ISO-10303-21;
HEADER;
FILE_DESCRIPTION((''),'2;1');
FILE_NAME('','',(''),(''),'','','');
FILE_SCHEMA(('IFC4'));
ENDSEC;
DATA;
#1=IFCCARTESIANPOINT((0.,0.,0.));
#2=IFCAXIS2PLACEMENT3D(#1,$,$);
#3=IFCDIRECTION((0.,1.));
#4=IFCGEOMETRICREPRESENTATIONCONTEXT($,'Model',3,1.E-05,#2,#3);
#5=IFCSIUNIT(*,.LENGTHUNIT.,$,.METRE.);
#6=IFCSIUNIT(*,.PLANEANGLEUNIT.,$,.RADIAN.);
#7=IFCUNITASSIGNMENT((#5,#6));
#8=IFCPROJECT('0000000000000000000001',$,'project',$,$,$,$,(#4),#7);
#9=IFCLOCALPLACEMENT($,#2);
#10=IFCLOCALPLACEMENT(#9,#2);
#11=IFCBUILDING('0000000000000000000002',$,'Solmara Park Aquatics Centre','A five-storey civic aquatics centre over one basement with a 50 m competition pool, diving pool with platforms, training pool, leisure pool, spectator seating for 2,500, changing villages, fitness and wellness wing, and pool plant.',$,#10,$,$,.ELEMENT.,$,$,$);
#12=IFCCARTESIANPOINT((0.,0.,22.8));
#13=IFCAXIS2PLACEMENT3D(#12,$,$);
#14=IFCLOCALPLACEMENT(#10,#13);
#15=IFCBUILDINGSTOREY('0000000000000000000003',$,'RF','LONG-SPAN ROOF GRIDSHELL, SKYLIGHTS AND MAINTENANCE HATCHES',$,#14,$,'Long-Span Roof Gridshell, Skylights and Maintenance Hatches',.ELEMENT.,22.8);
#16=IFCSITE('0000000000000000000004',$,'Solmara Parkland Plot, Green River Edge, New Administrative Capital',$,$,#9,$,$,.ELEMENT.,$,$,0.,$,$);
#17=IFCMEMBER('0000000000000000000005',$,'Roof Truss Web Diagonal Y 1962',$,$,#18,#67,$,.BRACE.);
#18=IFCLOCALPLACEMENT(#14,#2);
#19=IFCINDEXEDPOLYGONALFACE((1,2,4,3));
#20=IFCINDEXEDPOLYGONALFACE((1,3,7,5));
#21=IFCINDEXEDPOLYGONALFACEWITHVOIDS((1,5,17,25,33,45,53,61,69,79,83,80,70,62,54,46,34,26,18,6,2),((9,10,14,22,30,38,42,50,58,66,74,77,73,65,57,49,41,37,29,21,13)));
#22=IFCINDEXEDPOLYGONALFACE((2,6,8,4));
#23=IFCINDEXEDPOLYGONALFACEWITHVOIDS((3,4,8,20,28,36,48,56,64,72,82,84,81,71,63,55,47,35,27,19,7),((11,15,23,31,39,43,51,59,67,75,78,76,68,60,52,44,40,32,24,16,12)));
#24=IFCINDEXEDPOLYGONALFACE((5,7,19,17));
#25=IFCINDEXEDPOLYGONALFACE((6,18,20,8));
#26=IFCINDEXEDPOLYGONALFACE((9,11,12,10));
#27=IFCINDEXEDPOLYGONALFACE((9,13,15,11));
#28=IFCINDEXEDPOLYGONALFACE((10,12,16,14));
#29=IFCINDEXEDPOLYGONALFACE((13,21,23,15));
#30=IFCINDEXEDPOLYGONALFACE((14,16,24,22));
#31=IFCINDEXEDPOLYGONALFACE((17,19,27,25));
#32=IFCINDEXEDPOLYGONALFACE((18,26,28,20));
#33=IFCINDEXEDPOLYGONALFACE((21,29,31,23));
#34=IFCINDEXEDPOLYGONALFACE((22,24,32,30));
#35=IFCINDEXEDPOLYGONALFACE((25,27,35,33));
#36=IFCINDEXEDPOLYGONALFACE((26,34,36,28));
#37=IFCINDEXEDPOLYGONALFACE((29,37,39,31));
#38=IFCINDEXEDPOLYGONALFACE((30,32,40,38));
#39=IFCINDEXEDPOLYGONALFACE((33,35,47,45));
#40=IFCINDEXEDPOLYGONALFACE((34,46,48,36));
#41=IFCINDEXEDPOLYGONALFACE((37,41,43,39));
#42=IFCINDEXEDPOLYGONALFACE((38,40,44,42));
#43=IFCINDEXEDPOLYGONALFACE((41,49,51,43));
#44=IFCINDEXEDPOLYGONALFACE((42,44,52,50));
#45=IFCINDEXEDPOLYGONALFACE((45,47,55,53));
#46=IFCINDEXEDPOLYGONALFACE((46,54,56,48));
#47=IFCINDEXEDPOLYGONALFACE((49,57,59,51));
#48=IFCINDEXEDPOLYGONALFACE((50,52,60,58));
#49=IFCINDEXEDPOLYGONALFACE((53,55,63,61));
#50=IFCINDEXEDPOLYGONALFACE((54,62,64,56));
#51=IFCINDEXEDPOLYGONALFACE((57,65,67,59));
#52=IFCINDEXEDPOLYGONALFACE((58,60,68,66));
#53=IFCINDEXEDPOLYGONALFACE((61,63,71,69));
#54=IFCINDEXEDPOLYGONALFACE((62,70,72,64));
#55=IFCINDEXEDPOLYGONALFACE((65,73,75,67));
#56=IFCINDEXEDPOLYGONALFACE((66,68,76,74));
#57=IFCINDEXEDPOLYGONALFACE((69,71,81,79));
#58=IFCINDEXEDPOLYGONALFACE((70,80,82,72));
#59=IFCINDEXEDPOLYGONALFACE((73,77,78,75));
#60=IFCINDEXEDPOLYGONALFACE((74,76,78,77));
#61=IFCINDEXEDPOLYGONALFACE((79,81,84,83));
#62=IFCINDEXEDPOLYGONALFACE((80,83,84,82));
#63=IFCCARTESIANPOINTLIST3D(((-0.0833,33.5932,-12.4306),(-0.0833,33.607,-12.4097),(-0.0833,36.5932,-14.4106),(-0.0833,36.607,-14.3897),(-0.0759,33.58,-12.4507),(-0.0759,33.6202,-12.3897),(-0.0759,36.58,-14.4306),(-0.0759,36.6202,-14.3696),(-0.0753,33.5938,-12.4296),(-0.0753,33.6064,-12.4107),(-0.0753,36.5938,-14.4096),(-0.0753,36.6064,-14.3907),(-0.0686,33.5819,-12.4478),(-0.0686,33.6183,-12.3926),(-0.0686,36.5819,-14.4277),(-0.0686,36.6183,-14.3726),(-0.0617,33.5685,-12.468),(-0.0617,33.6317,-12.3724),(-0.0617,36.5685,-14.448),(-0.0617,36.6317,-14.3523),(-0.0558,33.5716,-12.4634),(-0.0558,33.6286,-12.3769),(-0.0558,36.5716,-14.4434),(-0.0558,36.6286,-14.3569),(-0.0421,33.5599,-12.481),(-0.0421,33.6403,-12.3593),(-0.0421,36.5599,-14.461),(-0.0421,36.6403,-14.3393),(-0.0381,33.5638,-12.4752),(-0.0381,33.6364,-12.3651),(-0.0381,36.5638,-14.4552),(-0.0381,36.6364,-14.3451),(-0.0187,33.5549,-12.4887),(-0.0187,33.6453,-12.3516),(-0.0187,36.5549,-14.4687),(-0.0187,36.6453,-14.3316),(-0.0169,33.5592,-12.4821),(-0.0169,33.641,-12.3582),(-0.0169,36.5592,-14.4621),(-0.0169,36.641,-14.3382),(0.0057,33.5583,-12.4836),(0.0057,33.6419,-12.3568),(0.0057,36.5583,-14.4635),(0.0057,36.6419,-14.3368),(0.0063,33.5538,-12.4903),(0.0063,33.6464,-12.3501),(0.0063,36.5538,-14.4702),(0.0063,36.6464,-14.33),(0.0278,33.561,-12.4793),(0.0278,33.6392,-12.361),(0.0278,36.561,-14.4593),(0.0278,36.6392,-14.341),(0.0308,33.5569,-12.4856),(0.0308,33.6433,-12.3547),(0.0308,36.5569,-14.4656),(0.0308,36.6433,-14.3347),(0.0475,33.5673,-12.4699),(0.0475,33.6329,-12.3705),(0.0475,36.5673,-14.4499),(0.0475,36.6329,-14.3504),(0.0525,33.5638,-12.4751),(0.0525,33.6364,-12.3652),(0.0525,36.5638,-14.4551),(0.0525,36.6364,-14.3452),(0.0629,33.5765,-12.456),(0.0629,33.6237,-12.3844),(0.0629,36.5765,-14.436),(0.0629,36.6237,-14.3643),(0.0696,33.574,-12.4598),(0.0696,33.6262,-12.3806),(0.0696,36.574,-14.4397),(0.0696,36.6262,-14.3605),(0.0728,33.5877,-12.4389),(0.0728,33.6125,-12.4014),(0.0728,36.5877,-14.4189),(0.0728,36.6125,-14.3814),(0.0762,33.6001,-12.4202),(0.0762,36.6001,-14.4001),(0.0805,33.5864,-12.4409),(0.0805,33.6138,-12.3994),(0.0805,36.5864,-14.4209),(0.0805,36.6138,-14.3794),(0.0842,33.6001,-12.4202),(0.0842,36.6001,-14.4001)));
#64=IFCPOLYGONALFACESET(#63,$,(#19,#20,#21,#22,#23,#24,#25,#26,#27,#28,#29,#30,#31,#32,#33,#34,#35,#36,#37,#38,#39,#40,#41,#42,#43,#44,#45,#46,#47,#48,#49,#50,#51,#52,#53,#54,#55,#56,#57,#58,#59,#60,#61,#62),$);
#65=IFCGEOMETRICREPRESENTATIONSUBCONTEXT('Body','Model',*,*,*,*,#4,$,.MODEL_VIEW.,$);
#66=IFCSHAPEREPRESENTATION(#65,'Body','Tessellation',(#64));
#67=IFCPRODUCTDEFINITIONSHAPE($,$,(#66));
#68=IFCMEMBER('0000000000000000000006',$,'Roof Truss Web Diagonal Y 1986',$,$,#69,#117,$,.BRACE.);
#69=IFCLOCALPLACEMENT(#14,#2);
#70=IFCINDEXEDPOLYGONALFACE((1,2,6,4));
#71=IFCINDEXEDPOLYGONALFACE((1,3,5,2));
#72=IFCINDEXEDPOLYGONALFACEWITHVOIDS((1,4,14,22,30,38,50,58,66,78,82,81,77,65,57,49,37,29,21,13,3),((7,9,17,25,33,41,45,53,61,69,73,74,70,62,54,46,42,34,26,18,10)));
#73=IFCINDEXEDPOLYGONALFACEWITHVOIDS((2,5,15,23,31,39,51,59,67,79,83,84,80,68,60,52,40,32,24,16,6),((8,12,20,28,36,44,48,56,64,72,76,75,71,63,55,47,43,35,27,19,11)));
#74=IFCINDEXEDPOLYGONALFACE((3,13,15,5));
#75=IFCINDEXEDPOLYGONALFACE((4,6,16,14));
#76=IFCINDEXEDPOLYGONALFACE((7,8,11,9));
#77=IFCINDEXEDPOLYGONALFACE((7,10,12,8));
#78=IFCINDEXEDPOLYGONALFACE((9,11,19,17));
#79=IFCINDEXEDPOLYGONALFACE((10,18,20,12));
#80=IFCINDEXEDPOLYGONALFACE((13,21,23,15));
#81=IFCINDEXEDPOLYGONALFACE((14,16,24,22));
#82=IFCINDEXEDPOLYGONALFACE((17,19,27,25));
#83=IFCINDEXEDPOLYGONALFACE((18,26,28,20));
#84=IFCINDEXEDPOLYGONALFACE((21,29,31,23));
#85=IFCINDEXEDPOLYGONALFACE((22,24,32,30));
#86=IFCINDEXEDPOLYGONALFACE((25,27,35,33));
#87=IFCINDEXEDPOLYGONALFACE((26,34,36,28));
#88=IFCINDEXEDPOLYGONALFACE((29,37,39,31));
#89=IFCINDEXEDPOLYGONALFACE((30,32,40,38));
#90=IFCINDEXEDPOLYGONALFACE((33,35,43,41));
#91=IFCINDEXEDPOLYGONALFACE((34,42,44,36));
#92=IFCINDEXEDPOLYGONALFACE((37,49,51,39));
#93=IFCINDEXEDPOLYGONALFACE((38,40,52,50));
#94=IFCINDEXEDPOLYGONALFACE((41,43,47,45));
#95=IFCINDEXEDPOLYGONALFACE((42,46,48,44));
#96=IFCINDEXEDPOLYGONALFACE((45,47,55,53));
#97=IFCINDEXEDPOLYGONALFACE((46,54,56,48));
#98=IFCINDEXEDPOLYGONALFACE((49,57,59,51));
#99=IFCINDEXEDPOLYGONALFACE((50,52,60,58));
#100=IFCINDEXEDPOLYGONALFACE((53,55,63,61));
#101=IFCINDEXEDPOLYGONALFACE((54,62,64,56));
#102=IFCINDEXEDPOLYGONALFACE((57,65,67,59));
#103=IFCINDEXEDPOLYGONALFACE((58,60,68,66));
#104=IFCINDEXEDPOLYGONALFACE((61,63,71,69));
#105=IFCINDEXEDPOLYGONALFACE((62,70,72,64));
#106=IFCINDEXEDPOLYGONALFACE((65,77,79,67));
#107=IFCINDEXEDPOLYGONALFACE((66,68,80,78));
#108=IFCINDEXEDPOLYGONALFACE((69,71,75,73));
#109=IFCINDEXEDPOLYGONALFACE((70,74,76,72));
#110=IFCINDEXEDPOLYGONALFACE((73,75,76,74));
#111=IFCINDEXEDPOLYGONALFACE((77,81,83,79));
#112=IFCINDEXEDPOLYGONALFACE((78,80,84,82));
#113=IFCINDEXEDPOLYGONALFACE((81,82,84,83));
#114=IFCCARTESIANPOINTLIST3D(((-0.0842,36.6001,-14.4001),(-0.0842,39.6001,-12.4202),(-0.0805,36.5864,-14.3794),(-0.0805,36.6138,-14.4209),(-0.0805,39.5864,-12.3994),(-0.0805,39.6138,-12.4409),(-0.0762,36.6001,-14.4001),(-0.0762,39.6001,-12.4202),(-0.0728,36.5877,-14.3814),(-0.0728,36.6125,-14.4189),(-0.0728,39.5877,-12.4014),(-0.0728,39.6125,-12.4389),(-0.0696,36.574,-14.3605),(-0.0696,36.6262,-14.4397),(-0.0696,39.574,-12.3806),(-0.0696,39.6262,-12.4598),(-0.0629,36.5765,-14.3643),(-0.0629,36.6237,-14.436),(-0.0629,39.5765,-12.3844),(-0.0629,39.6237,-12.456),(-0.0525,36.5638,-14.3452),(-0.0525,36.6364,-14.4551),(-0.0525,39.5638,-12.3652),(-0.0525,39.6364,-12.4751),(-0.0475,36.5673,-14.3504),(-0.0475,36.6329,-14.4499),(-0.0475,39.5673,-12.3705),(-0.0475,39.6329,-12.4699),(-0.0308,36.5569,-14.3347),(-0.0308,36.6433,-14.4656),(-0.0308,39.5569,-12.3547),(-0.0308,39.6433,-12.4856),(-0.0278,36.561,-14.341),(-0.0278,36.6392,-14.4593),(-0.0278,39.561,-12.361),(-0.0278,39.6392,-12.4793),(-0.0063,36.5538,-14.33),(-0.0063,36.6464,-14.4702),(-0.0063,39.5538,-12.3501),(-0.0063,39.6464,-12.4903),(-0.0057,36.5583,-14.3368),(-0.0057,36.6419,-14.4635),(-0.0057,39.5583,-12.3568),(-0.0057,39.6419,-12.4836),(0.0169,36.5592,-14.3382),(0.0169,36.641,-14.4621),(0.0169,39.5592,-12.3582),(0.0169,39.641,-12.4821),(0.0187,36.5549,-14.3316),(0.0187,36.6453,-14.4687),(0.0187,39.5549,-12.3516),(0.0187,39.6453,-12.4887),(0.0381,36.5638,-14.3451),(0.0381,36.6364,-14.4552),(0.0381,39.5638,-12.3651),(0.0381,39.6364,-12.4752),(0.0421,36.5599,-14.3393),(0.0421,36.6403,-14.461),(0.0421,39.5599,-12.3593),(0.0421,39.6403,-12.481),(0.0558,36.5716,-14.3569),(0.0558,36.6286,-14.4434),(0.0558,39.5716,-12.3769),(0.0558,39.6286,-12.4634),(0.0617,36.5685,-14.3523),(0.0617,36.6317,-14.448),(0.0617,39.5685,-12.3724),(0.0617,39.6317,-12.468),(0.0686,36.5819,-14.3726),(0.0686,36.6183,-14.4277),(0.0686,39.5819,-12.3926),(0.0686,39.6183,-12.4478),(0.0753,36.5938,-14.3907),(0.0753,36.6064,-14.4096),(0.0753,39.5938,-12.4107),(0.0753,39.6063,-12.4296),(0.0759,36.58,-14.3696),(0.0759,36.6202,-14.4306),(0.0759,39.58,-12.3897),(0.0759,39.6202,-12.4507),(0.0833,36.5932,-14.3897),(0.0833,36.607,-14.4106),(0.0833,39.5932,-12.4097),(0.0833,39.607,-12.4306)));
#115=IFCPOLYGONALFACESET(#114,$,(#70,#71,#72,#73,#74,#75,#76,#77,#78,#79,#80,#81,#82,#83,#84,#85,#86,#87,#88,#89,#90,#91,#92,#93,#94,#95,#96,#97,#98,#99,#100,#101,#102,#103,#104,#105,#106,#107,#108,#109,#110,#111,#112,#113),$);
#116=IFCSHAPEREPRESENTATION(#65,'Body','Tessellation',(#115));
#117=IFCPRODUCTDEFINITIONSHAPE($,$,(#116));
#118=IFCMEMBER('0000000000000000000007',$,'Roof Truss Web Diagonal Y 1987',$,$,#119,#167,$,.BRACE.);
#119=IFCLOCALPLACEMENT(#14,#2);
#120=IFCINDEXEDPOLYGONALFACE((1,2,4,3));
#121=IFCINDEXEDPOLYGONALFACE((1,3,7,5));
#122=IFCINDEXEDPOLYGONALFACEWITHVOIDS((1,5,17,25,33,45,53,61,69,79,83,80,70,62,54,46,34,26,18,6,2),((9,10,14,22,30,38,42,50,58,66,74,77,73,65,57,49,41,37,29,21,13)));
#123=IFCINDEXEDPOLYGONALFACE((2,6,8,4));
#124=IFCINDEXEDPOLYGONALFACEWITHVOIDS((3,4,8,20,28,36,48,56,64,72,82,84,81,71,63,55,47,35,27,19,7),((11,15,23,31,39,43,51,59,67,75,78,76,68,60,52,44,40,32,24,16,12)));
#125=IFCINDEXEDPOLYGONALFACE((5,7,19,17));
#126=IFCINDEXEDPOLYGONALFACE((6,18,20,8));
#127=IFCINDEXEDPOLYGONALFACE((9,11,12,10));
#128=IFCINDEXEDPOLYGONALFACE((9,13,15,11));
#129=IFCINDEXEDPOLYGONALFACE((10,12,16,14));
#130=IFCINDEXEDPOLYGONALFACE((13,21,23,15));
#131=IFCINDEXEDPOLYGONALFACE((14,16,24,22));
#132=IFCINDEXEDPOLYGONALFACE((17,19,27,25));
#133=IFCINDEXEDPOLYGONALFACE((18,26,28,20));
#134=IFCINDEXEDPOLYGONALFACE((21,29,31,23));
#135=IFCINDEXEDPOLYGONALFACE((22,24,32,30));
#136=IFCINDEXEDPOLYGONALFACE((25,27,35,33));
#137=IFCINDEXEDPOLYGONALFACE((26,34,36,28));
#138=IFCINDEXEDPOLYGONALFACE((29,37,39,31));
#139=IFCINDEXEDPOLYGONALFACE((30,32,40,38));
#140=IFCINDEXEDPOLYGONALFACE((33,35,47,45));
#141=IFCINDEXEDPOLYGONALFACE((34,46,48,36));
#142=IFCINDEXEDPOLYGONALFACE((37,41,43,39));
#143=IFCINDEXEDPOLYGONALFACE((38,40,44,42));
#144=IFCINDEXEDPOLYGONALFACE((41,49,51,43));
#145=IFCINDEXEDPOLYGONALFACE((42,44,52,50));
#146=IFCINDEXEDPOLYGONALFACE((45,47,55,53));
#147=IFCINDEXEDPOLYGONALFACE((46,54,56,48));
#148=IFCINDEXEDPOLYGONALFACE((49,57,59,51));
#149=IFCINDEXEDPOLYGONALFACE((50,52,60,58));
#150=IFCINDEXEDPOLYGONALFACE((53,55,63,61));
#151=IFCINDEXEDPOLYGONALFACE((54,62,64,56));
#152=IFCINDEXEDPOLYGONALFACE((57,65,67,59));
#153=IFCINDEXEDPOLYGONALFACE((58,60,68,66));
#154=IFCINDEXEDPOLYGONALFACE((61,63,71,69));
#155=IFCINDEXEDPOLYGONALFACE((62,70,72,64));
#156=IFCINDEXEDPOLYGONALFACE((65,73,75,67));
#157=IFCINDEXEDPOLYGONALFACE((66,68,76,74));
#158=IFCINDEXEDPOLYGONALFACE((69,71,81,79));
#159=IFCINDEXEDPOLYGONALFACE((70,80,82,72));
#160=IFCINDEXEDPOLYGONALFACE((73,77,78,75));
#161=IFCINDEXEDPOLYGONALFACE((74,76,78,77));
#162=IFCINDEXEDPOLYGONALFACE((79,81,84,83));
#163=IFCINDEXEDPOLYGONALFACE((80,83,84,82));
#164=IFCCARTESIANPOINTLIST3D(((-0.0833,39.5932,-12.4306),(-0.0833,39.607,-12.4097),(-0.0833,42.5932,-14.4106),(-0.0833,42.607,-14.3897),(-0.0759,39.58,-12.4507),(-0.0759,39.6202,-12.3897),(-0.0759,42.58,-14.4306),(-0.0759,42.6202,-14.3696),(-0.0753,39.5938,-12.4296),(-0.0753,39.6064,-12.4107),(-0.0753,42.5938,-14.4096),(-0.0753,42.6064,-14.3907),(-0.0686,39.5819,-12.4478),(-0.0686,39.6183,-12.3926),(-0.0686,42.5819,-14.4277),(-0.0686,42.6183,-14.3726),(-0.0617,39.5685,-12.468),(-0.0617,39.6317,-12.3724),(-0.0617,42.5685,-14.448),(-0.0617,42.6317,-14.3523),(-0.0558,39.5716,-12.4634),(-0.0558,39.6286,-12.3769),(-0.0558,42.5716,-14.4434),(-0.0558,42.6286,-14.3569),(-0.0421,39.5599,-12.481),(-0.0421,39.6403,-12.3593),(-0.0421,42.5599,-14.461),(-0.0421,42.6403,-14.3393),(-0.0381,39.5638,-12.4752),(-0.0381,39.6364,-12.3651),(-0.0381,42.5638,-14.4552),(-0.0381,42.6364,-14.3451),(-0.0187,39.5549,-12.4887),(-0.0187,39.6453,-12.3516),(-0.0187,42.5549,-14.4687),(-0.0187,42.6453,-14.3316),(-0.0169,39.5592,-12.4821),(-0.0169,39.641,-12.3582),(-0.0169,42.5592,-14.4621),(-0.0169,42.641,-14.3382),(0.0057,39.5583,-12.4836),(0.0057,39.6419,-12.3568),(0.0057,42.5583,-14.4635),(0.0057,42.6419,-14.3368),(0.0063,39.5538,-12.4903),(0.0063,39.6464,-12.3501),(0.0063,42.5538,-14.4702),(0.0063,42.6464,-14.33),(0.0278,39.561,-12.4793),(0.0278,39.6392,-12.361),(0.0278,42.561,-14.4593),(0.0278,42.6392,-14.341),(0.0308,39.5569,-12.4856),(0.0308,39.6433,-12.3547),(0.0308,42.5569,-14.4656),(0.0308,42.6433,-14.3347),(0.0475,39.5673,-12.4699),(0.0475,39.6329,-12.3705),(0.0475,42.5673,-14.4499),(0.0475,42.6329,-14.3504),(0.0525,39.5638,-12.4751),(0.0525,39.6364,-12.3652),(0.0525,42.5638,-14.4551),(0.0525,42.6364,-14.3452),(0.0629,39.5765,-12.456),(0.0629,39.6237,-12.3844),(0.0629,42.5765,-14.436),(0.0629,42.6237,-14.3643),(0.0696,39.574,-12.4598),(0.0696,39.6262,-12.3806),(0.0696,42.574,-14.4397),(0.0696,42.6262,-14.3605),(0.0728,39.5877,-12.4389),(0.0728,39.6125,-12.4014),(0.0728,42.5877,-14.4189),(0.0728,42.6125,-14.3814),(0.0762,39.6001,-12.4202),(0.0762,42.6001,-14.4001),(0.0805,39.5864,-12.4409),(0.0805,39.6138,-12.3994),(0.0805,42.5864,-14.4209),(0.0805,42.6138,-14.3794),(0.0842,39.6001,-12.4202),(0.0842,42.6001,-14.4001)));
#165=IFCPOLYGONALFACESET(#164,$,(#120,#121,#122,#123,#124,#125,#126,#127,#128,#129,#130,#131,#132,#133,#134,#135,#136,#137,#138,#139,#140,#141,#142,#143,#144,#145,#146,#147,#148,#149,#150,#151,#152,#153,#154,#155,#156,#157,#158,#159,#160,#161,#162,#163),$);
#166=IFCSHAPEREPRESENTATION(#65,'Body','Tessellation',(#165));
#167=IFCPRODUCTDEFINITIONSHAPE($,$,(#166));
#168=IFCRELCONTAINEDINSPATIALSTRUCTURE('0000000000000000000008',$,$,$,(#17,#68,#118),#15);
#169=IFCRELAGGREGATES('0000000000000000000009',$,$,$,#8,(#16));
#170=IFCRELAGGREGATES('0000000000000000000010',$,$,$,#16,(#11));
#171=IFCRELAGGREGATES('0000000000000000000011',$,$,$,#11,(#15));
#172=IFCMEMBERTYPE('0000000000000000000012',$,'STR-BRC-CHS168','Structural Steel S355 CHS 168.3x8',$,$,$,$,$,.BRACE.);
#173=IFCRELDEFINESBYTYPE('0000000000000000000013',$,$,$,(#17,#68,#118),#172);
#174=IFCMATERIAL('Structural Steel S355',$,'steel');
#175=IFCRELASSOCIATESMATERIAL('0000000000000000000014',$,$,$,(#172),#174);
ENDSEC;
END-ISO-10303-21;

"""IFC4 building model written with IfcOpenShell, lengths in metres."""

from ifc_helpers import new_model, si_unit, direction, frame, origin, origin_2d, place, context, subcontext, project, spatial, hollow_circle, extrude, material, material_profile, profile_set, type_object, element, save


model = new_model("IFC4")

# Units and contexts
model_context = context("Model", 3, precision=1e-05, world=origin(), true_north=direction((0.0, 1.0)))
body_context = subcontext(model_context, "Body", "Model", "MODEL_VIEW")
ifc_project = project(units=[si_unit("LENGTHUNIT", "METRE"), si_unit("PLANEANGLEUNIT", "RADIAN")], contexts=[model_context])

# Site, building, storey
site_placement = place(None, origin())
site = spatial("IfcSite", under=ifc_project, at=site_placement, Name="Solmara Parkland Plot, Green River Edge, New Administrative Capital", CompositionType="ELEMENT", RefElevation=0.0)
building_placement = place(site_placement, origin())
building = spatial("IfcBuilding", under=site, at=building_placement, Name="Solmara Park Aquatics Centre", Description="A five-storey civic aquatics centre over one basement with a 50 m competition pool, diving pool with platforms, training pool, leisure pool, spectator seating for 2,500, changing villages, fitness and wellness wing, and pool plant.", CompositionType="ELEMENT")
storey_placement = place(building_placement, frame((0.0, 0.0, 22.8)))
storey = spatial("IfcBuildingStorey", under=building, at=storey_placement, Name="RF", Description="LONG-SPAN ROOF GRIDSHELL, SKYLIGHTS AND MAINTENANCE HATCHES", LongName="Long-Span Roof Gridshell, Skylights and Maintenance Hatches", CompositionType="ELEMENT", Elevation=22.8)

# Members
ifc_material_1 = material(Name="Structural Steel S355", Category="steel")
ifc_material_profile_1 = material_profile(ifc_material_1, hollow_circle(Radius=0.0842, WallThickness=0.0081, at=origin_2d()), Name="CHS 168.3x8")
ifc_profile_set_1 = profile_set([ifc_material_profile_1], Name="Structural Steel S355")
member_type_1 = type_object("IfcMemberType", Name="STR-BRC-CHS168", Description="Structural Steel S355 CHS 168.3x8", PredefinedType="BRACE", material=ifc_profile_set_1)
for number, where, z_axis, x_axis, name in (
    (1, (0.0, 36.6001, -14.4001), (0.0, -0.834612, 0.550838), (1.0, 0.0, 0.0), "Roof Truss Web Diagonal Y 1962"),
    (2, (0.0, 36.6001, -14.4001), (0.0, 0.834612, 0.550838), (-1.0, 0.0, 0.0), "Roof Truss Web Diagonal Y 1986"),
    (3, (0.0, 42.6001, -14.4001), (0.0, -0.834612, 0.550838), (1.0, 0.0, 0.0), "Roof Truss Web Diagonal Y 1987"),
):
    element("IfcMember", number, at=place(storey_placement, frame(where, z_axis=z_axis, x_axis=x_axis)), inside=storey, type_object=member_type_1, Name=name, PredefinedType="BRACE", context=body_context, shape_type="SweptSolid", body=[
        extrude(hollow_circle(Radius=0.0842, WallThickness=0.0081, at=origin_2d()), origin(), (0.0, 0.0, 1.0), 3.5945),
    ])

save(model, "model.ifc")
